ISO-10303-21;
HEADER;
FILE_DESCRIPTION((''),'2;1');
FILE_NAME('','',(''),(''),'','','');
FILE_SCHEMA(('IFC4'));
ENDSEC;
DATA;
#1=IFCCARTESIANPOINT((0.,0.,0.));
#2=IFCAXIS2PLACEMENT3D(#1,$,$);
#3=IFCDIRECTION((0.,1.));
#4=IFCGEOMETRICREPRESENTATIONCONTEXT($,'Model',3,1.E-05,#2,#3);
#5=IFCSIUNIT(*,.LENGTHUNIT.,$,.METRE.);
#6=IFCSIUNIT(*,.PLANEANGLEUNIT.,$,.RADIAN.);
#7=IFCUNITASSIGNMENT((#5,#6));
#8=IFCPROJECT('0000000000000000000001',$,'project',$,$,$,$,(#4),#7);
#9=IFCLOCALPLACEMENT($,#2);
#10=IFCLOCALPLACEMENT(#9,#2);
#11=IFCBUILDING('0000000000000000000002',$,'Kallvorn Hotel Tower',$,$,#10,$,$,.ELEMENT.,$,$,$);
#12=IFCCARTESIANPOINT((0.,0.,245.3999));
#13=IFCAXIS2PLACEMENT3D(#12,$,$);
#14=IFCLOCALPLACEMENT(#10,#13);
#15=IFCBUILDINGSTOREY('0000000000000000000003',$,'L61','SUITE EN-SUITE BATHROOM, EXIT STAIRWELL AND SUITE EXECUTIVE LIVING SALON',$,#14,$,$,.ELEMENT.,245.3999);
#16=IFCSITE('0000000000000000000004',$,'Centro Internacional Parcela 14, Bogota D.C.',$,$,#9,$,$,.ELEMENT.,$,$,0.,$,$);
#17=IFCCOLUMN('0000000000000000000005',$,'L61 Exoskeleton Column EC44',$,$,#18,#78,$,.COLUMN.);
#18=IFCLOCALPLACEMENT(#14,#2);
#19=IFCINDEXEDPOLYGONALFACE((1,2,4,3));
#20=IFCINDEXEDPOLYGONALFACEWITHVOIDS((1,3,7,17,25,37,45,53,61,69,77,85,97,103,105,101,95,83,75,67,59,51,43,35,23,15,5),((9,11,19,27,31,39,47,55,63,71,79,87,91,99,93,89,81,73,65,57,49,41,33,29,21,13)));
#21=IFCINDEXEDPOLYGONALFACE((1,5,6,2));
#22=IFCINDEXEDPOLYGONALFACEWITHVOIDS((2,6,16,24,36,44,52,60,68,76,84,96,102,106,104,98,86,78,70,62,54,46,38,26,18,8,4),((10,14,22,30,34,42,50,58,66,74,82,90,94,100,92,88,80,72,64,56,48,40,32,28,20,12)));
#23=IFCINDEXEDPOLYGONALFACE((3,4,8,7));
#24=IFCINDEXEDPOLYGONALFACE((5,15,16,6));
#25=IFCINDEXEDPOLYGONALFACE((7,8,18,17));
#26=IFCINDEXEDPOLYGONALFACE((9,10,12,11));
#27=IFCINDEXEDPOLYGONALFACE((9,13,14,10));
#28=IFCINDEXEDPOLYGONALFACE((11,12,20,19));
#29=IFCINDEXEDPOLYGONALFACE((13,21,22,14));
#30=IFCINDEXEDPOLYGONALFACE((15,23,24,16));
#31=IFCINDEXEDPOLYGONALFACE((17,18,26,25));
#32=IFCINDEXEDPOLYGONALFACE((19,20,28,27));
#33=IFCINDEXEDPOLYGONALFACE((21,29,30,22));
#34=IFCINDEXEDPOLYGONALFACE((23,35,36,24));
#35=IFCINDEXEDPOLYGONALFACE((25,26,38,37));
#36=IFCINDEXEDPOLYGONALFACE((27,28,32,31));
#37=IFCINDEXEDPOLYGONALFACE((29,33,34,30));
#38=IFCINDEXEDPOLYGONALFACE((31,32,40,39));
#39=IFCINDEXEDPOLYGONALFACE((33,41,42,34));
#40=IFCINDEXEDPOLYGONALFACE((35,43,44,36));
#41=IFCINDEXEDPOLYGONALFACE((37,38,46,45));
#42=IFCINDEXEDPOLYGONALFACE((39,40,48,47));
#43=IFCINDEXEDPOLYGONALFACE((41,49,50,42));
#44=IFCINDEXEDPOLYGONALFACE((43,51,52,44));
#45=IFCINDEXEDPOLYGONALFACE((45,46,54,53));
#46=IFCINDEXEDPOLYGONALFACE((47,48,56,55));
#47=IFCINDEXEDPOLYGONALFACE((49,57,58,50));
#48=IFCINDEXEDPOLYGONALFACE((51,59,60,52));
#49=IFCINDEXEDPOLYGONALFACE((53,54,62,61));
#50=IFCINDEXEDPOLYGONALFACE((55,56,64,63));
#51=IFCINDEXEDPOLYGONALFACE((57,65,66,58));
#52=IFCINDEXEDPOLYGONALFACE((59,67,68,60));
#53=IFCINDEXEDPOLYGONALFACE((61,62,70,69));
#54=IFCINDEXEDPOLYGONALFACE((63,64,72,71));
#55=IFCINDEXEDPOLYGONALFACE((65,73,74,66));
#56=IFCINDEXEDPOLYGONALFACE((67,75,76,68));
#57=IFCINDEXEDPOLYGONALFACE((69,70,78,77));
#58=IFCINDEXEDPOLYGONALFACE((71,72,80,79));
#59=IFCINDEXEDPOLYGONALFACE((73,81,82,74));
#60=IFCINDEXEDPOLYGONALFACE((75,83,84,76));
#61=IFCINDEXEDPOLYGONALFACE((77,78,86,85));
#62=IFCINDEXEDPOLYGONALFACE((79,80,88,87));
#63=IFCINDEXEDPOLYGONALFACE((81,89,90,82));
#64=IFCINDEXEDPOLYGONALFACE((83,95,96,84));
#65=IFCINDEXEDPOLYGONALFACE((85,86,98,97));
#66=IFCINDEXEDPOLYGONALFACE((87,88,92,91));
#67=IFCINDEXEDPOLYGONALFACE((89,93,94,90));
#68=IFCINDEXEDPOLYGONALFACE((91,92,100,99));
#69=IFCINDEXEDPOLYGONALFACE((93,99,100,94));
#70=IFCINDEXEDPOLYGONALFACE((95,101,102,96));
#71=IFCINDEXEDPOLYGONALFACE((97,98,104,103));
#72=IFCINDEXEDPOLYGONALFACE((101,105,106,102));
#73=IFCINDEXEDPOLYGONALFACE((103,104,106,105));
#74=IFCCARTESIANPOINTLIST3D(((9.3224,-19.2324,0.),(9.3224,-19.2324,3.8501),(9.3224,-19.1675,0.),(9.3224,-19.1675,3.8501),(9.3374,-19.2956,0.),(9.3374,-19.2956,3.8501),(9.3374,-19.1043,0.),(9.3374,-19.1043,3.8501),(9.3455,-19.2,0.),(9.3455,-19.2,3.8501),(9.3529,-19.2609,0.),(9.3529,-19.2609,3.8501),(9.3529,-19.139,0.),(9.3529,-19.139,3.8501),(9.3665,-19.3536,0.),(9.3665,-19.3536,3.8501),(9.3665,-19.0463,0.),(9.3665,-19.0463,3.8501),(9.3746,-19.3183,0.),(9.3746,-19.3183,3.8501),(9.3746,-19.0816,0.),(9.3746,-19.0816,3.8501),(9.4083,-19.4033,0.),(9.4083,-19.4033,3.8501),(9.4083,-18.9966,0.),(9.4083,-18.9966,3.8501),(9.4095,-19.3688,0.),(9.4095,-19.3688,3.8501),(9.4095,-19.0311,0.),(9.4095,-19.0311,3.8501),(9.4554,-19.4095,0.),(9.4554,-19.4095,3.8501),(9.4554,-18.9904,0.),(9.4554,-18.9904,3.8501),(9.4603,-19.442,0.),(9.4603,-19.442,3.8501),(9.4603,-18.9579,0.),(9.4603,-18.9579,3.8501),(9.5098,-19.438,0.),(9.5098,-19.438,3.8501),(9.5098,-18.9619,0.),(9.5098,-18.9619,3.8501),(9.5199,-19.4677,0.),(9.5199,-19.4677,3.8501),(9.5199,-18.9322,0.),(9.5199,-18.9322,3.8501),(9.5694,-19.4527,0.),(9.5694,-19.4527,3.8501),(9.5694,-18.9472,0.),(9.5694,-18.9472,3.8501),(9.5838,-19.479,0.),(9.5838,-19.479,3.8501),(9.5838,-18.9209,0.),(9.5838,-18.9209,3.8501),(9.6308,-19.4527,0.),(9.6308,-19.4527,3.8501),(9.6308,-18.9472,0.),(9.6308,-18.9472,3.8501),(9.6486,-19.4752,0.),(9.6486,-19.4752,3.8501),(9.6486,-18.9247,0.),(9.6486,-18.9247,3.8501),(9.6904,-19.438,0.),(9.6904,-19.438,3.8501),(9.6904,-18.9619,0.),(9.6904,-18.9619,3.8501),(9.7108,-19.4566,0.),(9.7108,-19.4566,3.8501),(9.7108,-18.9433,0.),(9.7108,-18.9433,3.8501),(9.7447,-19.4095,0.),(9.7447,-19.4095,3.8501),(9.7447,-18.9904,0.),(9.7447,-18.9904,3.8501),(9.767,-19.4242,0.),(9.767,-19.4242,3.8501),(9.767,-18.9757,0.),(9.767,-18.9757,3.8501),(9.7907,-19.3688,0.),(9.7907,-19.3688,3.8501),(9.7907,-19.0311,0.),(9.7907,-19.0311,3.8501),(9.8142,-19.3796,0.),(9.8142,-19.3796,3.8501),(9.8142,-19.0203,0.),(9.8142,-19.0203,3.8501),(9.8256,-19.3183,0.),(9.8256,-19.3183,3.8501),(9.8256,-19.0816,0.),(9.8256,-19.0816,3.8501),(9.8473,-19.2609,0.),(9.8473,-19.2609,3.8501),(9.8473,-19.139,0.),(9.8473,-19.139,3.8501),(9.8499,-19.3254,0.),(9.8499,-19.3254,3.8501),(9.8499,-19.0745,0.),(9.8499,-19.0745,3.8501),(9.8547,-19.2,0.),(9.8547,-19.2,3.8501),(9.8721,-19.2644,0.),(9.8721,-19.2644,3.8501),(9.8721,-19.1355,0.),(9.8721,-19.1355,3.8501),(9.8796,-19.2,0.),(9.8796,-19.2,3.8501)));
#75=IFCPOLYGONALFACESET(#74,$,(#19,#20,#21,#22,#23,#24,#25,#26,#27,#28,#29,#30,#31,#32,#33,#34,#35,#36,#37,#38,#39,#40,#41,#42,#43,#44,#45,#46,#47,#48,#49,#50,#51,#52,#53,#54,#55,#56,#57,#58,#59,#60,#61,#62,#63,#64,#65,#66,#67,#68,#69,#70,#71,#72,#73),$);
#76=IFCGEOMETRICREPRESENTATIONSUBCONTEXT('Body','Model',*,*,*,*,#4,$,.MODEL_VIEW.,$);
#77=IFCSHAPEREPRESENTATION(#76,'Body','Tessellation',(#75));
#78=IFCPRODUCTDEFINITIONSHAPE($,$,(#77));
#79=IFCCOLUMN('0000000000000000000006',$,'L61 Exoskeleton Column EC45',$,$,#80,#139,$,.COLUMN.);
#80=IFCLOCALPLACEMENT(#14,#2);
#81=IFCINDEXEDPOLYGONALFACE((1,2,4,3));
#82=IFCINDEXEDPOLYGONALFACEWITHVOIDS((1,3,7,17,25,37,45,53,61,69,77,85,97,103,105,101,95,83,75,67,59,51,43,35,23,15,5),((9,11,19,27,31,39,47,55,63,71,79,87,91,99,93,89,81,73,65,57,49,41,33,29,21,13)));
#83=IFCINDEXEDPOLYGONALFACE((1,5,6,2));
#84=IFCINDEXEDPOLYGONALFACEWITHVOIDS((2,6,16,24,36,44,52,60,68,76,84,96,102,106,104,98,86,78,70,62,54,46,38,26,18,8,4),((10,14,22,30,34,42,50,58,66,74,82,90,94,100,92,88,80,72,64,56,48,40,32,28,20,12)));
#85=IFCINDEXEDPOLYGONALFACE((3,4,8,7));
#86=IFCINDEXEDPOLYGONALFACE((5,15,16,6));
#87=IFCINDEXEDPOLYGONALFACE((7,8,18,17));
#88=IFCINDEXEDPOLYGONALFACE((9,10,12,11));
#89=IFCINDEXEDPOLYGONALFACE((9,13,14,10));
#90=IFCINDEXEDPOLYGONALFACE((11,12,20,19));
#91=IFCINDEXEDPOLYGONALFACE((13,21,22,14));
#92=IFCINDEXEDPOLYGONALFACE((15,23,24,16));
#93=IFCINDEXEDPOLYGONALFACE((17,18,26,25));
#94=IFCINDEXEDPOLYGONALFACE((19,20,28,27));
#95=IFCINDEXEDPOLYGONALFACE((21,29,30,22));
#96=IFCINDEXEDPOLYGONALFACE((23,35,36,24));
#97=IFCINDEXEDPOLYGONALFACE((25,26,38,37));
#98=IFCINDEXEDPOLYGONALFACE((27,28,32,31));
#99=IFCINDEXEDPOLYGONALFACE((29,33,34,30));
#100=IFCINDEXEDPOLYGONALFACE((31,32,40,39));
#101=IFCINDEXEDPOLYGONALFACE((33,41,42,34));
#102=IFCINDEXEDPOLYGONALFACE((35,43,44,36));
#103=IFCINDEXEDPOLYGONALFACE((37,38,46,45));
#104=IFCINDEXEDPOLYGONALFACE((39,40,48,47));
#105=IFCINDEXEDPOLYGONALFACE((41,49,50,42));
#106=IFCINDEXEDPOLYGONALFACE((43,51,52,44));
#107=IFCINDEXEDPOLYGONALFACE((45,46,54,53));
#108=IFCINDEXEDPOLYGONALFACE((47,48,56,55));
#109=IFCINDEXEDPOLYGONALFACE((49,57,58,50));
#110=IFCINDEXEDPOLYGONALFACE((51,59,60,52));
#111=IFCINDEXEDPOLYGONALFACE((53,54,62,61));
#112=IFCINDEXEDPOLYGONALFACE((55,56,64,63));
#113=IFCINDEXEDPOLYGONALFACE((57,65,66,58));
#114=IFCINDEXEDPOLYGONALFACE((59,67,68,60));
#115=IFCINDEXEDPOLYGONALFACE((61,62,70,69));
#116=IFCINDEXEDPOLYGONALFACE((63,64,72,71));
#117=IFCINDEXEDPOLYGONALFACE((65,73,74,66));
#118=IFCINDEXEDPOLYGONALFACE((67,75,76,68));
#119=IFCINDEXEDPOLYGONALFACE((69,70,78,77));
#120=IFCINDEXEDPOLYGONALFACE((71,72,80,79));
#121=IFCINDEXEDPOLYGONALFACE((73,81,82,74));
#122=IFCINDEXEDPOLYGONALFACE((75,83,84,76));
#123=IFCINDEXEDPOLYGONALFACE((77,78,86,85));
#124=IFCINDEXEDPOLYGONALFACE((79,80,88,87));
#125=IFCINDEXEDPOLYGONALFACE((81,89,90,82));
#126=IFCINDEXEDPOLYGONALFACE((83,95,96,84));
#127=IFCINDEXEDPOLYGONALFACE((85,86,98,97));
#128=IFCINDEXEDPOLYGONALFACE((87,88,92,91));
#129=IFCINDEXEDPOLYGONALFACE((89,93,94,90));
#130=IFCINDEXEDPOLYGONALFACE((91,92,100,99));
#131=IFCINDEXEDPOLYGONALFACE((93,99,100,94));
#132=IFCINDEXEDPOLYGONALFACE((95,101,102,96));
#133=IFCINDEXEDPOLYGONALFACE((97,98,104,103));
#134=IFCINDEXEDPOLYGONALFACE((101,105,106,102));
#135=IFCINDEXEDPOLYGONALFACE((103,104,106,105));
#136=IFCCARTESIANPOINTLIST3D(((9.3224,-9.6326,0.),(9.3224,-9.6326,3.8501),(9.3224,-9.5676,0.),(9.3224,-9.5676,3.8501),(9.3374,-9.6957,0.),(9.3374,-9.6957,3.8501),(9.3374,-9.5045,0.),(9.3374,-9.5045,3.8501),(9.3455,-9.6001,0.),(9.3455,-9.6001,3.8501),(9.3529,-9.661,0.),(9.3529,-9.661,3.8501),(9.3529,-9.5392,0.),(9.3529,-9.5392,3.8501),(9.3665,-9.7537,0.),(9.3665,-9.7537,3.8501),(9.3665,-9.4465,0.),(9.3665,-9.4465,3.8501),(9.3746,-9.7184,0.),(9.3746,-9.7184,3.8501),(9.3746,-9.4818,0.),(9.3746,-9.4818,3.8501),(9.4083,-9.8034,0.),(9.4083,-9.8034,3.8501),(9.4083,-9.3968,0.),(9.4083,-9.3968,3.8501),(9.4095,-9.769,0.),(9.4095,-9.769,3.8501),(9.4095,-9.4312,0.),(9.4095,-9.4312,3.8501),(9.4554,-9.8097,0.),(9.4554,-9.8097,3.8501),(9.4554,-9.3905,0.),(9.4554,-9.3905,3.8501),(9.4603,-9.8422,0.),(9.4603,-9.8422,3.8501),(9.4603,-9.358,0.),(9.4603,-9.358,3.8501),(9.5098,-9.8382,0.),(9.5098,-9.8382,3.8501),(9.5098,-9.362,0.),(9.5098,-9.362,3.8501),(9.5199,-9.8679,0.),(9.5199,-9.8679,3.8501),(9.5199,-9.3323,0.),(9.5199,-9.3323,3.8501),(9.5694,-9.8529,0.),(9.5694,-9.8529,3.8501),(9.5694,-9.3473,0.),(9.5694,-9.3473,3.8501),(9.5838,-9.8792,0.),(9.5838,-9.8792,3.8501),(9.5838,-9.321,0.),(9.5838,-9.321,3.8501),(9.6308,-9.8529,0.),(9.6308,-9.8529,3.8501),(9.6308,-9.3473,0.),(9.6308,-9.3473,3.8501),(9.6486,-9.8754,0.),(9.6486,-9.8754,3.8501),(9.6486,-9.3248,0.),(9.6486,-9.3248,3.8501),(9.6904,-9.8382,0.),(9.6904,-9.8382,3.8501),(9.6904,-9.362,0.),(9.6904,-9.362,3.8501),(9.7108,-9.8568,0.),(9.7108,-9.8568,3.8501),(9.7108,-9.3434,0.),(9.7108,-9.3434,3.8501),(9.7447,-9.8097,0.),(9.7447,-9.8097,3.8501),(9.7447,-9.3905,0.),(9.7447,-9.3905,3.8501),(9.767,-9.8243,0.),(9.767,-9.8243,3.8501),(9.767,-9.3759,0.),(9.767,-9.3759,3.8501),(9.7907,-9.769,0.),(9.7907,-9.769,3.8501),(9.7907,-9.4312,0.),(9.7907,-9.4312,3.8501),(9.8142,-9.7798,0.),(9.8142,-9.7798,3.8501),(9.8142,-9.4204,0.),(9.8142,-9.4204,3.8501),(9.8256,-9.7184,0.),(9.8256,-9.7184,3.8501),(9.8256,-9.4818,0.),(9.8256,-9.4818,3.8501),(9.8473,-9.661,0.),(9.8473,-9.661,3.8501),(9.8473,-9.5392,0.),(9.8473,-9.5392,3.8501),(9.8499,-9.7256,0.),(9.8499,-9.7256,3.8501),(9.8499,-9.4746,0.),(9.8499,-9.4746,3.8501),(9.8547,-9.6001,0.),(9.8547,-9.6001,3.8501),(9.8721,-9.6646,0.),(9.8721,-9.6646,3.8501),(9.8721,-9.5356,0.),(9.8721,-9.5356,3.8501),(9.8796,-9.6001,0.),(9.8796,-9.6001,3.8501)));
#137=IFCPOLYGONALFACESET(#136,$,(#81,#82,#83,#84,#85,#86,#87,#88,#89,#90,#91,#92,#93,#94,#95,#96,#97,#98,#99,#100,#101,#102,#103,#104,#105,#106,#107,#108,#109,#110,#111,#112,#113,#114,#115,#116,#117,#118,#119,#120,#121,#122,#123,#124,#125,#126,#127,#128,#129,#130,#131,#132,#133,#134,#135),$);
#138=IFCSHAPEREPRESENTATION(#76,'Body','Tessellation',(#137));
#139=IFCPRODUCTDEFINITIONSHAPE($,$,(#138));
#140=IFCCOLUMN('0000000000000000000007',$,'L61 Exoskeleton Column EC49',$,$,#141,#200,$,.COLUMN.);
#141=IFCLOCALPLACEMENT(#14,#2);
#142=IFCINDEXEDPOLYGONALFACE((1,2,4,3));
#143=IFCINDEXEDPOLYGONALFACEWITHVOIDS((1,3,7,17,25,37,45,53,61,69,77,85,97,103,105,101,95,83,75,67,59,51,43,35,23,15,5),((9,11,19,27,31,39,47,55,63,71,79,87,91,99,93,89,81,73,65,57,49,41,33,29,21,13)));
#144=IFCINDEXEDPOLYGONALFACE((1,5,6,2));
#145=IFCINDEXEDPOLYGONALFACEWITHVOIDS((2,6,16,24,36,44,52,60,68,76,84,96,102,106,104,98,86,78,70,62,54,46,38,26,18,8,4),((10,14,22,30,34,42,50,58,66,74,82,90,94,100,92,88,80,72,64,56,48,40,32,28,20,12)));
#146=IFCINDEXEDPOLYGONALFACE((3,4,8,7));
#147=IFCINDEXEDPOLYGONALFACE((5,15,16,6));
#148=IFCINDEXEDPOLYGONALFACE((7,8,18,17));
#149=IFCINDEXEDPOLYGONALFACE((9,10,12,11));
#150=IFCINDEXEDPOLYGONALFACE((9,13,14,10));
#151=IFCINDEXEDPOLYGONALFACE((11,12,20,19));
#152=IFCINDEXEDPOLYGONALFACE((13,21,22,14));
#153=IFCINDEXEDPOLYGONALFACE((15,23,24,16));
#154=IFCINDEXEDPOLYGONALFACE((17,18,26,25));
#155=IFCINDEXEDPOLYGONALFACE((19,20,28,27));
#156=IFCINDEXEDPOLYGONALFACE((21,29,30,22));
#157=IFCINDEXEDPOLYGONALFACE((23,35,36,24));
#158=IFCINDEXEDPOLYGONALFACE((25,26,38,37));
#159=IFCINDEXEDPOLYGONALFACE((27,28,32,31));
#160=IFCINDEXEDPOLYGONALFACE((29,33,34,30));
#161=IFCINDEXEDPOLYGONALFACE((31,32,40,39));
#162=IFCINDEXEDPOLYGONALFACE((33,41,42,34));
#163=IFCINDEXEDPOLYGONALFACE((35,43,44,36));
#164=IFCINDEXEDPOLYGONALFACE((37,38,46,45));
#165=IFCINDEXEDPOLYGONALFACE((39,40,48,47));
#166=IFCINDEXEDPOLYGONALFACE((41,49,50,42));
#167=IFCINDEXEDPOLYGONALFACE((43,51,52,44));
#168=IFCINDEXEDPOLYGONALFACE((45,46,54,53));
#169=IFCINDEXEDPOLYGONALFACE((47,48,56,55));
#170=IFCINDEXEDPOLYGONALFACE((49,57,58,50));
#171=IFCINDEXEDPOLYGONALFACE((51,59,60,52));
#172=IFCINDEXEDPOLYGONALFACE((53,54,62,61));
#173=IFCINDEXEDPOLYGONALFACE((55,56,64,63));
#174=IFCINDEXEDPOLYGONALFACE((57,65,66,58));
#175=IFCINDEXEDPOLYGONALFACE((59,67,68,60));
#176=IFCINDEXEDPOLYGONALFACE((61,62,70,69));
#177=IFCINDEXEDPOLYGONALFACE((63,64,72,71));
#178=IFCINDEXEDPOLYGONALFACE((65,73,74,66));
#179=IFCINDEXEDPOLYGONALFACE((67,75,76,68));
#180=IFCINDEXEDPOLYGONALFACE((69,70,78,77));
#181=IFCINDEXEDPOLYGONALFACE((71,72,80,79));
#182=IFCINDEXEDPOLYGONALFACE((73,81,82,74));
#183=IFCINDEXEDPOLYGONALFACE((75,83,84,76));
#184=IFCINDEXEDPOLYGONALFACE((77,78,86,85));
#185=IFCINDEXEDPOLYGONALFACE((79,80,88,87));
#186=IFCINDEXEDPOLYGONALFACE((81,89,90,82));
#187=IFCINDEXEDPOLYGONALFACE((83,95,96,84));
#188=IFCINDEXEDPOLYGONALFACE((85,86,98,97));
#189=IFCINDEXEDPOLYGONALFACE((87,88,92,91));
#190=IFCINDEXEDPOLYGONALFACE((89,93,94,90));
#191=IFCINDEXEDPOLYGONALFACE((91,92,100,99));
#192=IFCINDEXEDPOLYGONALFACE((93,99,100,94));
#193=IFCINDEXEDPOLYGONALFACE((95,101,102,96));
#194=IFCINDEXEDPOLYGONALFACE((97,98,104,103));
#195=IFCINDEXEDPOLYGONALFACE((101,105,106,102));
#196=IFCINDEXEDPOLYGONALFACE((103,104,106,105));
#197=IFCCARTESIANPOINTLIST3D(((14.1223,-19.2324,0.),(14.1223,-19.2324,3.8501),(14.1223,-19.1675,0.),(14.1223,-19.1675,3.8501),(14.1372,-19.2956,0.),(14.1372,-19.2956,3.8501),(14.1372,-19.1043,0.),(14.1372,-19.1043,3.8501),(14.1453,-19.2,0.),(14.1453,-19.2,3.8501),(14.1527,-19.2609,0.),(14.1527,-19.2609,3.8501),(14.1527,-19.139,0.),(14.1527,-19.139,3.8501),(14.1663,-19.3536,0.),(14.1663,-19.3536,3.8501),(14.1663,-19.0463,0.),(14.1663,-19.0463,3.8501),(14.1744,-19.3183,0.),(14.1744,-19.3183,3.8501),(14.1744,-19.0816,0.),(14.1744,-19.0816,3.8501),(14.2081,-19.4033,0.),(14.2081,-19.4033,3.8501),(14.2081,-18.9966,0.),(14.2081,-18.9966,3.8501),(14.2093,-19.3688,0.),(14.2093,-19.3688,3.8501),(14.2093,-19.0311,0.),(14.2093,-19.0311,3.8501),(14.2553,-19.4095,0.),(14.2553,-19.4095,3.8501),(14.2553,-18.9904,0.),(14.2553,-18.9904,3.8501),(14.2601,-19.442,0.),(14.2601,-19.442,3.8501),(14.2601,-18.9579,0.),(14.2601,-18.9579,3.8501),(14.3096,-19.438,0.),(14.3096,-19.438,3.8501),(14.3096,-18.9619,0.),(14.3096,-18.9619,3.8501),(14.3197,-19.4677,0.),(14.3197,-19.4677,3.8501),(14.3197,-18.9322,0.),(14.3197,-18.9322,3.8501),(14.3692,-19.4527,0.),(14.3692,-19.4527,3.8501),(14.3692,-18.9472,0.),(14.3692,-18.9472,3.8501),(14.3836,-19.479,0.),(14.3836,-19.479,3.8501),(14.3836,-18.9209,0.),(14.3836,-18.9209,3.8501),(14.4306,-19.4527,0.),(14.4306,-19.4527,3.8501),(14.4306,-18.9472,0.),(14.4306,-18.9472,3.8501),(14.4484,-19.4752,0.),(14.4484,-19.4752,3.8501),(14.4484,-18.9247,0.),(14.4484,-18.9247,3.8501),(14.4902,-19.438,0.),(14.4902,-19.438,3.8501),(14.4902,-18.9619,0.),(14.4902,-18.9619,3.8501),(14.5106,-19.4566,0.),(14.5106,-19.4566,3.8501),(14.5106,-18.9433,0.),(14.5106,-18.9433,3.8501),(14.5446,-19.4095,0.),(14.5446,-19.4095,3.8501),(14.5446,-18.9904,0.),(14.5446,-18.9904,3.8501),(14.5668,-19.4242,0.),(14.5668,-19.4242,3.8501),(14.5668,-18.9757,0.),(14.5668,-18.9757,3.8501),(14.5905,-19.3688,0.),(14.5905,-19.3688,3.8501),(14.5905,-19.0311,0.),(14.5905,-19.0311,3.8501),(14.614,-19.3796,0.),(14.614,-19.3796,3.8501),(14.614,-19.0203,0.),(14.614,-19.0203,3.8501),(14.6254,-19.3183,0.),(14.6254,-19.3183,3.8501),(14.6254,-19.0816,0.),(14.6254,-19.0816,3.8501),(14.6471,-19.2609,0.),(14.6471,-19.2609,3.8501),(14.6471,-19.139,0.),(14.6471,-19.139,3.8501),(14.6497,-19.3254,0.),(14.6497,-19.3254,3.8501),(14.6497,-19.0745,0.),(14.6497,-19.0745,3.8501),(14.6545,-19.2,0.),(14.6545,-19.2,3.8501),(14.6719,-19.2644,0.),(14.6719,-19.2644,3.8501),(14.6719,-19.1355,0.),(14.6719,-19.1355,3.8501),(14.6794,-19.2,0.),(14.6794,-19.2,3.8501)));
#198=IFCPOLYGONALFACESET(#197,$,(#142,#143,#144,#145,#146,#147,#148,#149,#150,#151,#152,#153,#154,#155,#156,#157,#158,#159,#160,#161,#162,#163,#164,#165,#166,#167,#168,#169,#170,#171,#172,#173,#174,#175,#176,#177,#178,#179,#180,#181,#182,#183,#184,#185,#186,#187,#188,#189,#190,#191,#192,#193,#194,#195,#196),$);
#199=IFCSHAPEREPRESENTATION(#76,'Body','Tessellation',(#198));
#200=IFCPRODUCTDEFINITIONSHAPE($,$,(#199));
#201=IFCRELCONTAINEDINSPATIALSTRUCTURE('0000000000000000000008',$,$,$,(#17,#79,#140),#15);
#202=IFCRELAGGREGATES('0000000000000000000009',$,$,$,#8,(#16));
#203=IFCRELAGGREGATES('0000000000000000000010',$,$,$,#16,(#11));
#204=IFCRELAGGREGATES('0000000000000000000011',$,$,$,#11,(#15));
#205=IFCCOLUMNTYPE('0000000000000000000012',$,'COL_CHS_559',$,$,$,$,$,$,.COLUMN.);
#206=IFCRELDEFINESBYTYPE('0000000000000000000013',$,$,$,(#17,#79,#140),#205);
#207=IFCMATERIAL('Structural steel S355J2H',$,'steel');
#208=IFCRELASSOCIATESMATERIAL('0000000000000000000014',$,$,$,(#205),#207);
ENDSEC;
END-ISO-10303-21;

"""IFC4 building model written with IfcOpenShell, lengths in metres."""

from ifc_helpers import new_model, si_unit, direction, frame, origin, origin_2d, place, context, subcontext, project, spatial, hollow_circle, extrude, material, material_profile, profile_set, type_object, element, save


model = new_model("IFC4")

# Units and contexts
model_context = context("Model", 3, precision=1e-05, world=origin(), true_north=direction((0.0, 1.0)))
body_context = subcontext(model_context, "Body", "Model", "MODEL_VIEW")
ifc_project = project(units=[si_unit("LENGTHUNIT", "METRE"), si_unit("PLANEANGLEUNIT", "RADIAN")], contexts=[model_context])

# Site, building, storey
site_placement = place(None, origin())
site = spatial("IfcSite", under=ifc_project, at=site_placement, Name="Centro Internacional Parcela 14, Bogota D.C.", CompositionType="ELEMENT", RefElevation=0.0)
building_placement = place(site_placement, origin())
building = spatial("IfcBuilding", under=site, at=building_placement, Name="Kallvorn Hotel Tower", CompositionType="ELEMENT")
storey_placement = place(building_placement, frame((0.0, 0.0, 245.3999)))
storey = spatial("IfcBuildingStorey", under=building, at=storey_placement, Name="L61", Description="SUITE EN-SUITE BATHROOM, EXIT STAIRWELL AND SUITE EXECUTIVE LIVING SALON", CompositionType="ELEMENT", Elevation=245.3999)

# Columns
ifc_material_1 = material(Name="Structural steel S355J2H", Category="steel")
ifc_material_profile_1 = material_profile(ifc_material_1, hollow_circle(Radius=0.2795, WallThickness=0.0249, at=origin_2d()), Name="CHS 559x25")
ifc_profile_set_1 = profile_set([ifc_material_profile_1], Name="Structural steel S355J2H")
column_type_1 = type_object("IfcColumnType", Name="COL_CHS_559", PredefinedType="COLUMN", material=ifc_profile_set_1)
for number, where, z_axis, x_axis, name in (
    (1, (9.6001, -19.2, 0.0), (0.0, 0.0, 1.0), (1.0, 0.0, 0.0), "L61 Exoskeleton Column EC44"),
    (2, (9.6001, -9.6001, 0.0), (0.0, 0.0, 1.0), (1.0, 0.0, 0.0), "L61 Exoskeleton Column EC45"),
    (3, (14.3999, -19.2, 0.0), (0.0, 0.0, 1.0), (1.0, 0.0, 0.0), "L61 Exoskeleton Column EC49"),
):
    element("IfcColumn", number, at=place(storey_placement, frame(where, z_axis=z_axis, x_axis=x_axis)), inside=storey, type_object=column_type_1, Name=name, PredefinedType="COLUMN", context=body_context, shape_type="SweptSolid", body=[
        extrude(hollow_circle(Radius=0.2795, WallThickness=0.0249, at=origin_2d()), origin(), (0.0, 0.0, 1.0), 3.8501),
    ])

save(model, "model.ifc")
